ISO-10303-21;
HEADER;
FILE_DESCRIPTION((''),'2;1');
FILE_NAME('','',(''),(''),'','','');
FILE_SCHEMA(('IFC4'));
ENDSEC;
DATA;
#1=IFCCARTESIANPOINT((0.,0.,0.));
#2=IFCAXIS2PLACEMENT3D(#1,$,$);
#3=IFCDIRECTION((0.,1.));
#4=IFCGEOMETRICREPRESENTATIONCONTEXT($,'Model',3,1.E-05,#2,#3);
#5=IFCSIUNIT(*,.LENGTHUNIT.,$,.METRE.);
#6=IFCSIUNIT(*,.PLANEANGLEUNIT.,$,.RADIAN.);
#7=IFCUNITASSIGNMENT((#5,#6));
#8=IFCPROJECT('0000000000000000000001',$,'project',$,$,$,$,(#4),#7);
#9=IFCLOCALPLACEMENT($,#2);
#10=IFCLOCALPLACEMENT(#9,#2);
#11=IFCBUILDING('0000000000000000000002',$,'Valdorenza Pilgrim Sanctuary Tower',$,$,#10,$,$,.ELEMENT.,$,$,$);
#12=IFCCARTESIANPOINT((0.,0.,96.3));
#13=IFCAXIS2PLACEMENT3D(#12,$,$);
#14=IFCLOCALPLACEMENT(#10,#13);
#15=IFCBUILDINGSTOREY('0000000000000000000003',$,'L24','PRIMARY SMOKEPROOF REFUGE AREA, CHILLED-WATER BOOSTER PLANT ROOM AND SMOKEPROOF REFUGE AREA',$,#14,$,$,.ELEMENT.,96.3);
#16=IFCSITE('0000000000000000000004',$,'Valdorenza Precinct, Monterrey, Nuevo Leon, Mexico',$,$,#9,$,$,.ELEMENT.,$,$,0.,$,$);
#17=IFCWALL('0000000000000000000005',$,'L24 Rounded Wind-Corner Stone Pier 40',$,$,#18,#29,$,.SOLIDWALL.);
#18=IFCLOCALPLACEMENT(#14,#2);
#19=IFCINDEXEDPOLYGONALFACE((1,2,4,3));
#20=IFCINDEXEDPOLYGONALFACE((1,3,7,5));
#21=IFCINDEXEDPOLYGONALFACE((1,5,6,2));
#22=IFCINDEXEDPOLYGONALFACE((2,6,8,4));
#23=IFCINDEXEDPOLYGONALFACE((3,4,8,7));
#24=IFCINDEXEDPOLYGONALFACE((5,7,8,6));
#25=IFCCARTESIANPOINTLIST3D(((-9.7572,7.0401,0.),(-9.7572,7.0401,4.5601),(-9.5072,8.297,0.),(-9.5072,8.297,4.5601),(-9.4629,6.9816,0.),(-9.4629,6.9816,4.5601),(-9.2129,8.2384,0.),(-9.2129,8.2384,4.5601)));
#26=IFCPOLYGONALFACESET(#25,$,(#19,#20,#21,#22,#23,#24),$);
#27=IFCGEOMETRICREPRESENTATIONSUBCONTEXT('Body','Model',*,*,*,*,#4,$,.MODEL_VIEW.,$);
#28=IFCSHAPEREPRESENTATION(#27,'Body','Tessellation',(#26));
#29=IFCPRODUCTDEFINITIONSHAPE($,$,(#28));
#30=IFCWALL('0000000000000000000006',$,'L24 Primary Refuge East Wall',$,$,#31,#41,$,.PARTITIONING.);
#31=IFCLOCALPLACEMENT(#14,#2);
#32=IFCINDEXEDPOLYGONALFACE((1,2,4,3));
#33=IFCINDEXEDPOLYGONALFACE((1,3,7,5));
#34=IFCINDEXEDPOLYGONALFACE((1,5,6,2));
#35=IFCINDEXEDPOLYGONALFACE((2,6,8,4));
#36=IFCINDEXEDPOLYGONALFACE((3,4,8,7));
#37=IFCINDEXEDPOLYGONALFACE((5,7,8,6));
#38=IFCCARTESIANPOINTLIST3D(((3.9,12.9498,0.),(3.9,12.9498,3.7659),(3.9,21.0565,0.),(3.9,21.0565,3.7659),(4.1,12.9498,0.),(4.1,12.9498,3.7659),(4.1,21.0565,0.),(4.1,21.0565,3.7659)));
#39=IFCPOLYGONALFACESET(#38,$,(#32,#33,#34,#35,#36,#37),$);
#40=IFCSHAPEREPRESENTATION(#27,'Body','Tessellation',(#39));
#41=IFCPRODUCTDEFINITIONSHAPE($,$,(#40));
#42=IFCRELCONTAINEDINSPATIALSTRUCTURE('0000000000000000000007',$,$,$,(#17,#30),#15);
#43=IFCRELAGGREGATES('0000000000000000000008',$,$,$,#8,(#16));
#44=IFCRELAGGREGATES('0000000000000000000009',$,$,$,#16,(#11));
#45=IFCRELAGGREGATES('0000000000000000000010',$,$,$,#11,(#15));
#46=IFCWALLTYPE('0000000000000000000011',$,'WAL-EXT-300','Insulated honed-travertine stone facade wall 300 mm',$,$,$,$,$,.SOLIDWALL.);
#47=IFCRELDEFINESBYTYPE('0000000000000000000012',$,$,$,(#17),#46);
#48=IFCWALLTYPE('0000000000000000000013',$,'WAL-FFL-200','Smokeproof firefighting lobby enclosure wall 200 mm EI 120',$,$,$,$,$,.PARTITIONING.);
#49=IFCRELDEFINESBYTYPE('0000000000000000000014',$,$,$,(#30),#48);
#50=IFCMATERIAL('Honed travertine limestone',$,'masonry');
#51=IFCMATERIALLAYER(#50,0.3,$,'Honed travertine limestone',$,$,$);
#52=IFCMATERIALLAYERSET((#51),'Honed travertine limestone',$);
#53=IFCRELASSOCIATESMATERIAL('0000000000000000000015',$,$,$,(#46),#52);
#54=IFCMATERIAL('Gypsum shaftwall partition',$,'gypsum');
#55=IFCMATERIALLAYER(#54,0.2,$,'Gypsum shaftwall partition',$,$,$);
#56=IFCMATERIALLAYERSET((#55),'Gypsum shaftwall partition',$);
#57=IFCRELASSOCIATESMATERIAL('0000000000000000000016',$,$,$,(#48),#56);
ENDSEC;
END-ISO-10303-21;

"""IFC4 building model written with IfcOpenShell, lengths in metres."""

from ifc_helpers import new_model, si_unit, direction, frame, frame_2d, origin, place, context, subcontext, project, spatial, rectangle, extrude, material, layer, layer_set, type_object, element, save


model = new_model("IFC4")

# Units and contexts
model_context = context("Model", 3, precision=1e-05, world=origin(), true_north=direction((0.0, 1.0)))
body_context = subcontext(model_context, "Body", "Model", "MODEL_VIEW")
ifc_project = project(units=[si_unit("LENGTHUNIT", "METRE"), si_unit("PLANEANGLEUNIT", "RADIAN")], contexts=[model_context])

# Site, building, storey
site_placement = place(None, origin())
site = spatial("IfcSite", under=ifc_project, at=site_placement, Name="Valdorenza Precinct, Monterrey, Nuevo Leon, Mexico", CompositionType="ELEMENT", RefElevation=0.0)
building_placement = place(site_placement, origin())
building = spatial("IfcBuilding", under=site, at=building_placement, Name="Valdorenza Pilgrim Sanctuary Tower", CompositionType="ELEMENT")
storey_placement = place(building_placement, frame((0.0, 0.0, 96.3)))
storey = spatial("IfcBuildingStorey", under=building, at=storey_placement, Name="L24", Description="PRIMARY SMOKEPROOF REFUGE AREA, CHILLED-WATER BOOSTER PLANT ROOM AND SMOKEPROOF REFUGE AREA", CompositionType="ELEMENT", Elevation=96.3)

# Shared definitions
ifc_material_1 = material(Name="Honed travertine limestone", Category="masonry")

# Walls
ifc_layer_1 = layer(ifc_material_1, 0.3, Name="Honed travertine limestone")
ifc_layer_set_1 = layer_set([ifc_layer_1], Name="Honed travertine limestone")
wall_type_1 = type_object("IfcWallType", Name="WAL-EXT-300", Description="Insulated honed-travertine stone facade wall 300 mm", PredefinedType="SOLIDWALL", material=ifc_layer_set_1)
wall_1_placement = place(storey_placement, frame((-9.3601, 8.2676, 0.0), z_axis=(0.0, 0.0, 1.0), x_axis=(-0.19509, -0.980785, 0.0)))
element("IfcWall", 1, at=wall_1_placement, inside=storey, type_object=wall_type_1, Name="L24 Rounded Wind-Corner Stone Pier 40", PredefinedType="SOLIDWALL", context=body_context, shape_type="SweptSolid", body=[
    extrude(rectangle(XDim=1.2815, YDim=0.3, at=frame_2d((0.6406, 0.0))), origin(), (0.0, 0.0, 1.0), 4.5601),
])
ifc_material_2 = material(Name="Gypsum shaftwall partition", Category="gypsum")
ifc_layer_2 = layer(ifc_material_2, 0.2, Name="Gypsum shaftwall partition")
ifc_layer_set_2 = layer_set([ifc_layer_2], Name="Gypsum shaftwall partition")
wall_type_2 = type_object("IfcWallType", Name="WAL-FFL-200", Description="Smokeproof firefighting lobby enclosure wall 200 mm EI 120", PredefinedType="PARTITIONING", material=ifc_layer_set_2)
wall_2_placement = place(storey_placement, frame((4.0, 12.95, 0.0), z_axis=(0.0, 0.0, 1.0), x_axis=(0.0, 1.0, 0.0)))
element("IfcWall", 2, at=wall_2_placement, inside=storey, type_object=wall_type_2, Name="L24 Primary Refuge East Wall", PredefinedType="PARTITIONING", context=body_context, shape_type="SweptSolid", body=[
    extrude(rectangle(XDim=8.1067, YDim=0.2, at=frame_2d((4.0532, 0.0))), origin(), (0.0, 0.0, 1.0), 3.7659),
])

save(model, "model.ifc")
